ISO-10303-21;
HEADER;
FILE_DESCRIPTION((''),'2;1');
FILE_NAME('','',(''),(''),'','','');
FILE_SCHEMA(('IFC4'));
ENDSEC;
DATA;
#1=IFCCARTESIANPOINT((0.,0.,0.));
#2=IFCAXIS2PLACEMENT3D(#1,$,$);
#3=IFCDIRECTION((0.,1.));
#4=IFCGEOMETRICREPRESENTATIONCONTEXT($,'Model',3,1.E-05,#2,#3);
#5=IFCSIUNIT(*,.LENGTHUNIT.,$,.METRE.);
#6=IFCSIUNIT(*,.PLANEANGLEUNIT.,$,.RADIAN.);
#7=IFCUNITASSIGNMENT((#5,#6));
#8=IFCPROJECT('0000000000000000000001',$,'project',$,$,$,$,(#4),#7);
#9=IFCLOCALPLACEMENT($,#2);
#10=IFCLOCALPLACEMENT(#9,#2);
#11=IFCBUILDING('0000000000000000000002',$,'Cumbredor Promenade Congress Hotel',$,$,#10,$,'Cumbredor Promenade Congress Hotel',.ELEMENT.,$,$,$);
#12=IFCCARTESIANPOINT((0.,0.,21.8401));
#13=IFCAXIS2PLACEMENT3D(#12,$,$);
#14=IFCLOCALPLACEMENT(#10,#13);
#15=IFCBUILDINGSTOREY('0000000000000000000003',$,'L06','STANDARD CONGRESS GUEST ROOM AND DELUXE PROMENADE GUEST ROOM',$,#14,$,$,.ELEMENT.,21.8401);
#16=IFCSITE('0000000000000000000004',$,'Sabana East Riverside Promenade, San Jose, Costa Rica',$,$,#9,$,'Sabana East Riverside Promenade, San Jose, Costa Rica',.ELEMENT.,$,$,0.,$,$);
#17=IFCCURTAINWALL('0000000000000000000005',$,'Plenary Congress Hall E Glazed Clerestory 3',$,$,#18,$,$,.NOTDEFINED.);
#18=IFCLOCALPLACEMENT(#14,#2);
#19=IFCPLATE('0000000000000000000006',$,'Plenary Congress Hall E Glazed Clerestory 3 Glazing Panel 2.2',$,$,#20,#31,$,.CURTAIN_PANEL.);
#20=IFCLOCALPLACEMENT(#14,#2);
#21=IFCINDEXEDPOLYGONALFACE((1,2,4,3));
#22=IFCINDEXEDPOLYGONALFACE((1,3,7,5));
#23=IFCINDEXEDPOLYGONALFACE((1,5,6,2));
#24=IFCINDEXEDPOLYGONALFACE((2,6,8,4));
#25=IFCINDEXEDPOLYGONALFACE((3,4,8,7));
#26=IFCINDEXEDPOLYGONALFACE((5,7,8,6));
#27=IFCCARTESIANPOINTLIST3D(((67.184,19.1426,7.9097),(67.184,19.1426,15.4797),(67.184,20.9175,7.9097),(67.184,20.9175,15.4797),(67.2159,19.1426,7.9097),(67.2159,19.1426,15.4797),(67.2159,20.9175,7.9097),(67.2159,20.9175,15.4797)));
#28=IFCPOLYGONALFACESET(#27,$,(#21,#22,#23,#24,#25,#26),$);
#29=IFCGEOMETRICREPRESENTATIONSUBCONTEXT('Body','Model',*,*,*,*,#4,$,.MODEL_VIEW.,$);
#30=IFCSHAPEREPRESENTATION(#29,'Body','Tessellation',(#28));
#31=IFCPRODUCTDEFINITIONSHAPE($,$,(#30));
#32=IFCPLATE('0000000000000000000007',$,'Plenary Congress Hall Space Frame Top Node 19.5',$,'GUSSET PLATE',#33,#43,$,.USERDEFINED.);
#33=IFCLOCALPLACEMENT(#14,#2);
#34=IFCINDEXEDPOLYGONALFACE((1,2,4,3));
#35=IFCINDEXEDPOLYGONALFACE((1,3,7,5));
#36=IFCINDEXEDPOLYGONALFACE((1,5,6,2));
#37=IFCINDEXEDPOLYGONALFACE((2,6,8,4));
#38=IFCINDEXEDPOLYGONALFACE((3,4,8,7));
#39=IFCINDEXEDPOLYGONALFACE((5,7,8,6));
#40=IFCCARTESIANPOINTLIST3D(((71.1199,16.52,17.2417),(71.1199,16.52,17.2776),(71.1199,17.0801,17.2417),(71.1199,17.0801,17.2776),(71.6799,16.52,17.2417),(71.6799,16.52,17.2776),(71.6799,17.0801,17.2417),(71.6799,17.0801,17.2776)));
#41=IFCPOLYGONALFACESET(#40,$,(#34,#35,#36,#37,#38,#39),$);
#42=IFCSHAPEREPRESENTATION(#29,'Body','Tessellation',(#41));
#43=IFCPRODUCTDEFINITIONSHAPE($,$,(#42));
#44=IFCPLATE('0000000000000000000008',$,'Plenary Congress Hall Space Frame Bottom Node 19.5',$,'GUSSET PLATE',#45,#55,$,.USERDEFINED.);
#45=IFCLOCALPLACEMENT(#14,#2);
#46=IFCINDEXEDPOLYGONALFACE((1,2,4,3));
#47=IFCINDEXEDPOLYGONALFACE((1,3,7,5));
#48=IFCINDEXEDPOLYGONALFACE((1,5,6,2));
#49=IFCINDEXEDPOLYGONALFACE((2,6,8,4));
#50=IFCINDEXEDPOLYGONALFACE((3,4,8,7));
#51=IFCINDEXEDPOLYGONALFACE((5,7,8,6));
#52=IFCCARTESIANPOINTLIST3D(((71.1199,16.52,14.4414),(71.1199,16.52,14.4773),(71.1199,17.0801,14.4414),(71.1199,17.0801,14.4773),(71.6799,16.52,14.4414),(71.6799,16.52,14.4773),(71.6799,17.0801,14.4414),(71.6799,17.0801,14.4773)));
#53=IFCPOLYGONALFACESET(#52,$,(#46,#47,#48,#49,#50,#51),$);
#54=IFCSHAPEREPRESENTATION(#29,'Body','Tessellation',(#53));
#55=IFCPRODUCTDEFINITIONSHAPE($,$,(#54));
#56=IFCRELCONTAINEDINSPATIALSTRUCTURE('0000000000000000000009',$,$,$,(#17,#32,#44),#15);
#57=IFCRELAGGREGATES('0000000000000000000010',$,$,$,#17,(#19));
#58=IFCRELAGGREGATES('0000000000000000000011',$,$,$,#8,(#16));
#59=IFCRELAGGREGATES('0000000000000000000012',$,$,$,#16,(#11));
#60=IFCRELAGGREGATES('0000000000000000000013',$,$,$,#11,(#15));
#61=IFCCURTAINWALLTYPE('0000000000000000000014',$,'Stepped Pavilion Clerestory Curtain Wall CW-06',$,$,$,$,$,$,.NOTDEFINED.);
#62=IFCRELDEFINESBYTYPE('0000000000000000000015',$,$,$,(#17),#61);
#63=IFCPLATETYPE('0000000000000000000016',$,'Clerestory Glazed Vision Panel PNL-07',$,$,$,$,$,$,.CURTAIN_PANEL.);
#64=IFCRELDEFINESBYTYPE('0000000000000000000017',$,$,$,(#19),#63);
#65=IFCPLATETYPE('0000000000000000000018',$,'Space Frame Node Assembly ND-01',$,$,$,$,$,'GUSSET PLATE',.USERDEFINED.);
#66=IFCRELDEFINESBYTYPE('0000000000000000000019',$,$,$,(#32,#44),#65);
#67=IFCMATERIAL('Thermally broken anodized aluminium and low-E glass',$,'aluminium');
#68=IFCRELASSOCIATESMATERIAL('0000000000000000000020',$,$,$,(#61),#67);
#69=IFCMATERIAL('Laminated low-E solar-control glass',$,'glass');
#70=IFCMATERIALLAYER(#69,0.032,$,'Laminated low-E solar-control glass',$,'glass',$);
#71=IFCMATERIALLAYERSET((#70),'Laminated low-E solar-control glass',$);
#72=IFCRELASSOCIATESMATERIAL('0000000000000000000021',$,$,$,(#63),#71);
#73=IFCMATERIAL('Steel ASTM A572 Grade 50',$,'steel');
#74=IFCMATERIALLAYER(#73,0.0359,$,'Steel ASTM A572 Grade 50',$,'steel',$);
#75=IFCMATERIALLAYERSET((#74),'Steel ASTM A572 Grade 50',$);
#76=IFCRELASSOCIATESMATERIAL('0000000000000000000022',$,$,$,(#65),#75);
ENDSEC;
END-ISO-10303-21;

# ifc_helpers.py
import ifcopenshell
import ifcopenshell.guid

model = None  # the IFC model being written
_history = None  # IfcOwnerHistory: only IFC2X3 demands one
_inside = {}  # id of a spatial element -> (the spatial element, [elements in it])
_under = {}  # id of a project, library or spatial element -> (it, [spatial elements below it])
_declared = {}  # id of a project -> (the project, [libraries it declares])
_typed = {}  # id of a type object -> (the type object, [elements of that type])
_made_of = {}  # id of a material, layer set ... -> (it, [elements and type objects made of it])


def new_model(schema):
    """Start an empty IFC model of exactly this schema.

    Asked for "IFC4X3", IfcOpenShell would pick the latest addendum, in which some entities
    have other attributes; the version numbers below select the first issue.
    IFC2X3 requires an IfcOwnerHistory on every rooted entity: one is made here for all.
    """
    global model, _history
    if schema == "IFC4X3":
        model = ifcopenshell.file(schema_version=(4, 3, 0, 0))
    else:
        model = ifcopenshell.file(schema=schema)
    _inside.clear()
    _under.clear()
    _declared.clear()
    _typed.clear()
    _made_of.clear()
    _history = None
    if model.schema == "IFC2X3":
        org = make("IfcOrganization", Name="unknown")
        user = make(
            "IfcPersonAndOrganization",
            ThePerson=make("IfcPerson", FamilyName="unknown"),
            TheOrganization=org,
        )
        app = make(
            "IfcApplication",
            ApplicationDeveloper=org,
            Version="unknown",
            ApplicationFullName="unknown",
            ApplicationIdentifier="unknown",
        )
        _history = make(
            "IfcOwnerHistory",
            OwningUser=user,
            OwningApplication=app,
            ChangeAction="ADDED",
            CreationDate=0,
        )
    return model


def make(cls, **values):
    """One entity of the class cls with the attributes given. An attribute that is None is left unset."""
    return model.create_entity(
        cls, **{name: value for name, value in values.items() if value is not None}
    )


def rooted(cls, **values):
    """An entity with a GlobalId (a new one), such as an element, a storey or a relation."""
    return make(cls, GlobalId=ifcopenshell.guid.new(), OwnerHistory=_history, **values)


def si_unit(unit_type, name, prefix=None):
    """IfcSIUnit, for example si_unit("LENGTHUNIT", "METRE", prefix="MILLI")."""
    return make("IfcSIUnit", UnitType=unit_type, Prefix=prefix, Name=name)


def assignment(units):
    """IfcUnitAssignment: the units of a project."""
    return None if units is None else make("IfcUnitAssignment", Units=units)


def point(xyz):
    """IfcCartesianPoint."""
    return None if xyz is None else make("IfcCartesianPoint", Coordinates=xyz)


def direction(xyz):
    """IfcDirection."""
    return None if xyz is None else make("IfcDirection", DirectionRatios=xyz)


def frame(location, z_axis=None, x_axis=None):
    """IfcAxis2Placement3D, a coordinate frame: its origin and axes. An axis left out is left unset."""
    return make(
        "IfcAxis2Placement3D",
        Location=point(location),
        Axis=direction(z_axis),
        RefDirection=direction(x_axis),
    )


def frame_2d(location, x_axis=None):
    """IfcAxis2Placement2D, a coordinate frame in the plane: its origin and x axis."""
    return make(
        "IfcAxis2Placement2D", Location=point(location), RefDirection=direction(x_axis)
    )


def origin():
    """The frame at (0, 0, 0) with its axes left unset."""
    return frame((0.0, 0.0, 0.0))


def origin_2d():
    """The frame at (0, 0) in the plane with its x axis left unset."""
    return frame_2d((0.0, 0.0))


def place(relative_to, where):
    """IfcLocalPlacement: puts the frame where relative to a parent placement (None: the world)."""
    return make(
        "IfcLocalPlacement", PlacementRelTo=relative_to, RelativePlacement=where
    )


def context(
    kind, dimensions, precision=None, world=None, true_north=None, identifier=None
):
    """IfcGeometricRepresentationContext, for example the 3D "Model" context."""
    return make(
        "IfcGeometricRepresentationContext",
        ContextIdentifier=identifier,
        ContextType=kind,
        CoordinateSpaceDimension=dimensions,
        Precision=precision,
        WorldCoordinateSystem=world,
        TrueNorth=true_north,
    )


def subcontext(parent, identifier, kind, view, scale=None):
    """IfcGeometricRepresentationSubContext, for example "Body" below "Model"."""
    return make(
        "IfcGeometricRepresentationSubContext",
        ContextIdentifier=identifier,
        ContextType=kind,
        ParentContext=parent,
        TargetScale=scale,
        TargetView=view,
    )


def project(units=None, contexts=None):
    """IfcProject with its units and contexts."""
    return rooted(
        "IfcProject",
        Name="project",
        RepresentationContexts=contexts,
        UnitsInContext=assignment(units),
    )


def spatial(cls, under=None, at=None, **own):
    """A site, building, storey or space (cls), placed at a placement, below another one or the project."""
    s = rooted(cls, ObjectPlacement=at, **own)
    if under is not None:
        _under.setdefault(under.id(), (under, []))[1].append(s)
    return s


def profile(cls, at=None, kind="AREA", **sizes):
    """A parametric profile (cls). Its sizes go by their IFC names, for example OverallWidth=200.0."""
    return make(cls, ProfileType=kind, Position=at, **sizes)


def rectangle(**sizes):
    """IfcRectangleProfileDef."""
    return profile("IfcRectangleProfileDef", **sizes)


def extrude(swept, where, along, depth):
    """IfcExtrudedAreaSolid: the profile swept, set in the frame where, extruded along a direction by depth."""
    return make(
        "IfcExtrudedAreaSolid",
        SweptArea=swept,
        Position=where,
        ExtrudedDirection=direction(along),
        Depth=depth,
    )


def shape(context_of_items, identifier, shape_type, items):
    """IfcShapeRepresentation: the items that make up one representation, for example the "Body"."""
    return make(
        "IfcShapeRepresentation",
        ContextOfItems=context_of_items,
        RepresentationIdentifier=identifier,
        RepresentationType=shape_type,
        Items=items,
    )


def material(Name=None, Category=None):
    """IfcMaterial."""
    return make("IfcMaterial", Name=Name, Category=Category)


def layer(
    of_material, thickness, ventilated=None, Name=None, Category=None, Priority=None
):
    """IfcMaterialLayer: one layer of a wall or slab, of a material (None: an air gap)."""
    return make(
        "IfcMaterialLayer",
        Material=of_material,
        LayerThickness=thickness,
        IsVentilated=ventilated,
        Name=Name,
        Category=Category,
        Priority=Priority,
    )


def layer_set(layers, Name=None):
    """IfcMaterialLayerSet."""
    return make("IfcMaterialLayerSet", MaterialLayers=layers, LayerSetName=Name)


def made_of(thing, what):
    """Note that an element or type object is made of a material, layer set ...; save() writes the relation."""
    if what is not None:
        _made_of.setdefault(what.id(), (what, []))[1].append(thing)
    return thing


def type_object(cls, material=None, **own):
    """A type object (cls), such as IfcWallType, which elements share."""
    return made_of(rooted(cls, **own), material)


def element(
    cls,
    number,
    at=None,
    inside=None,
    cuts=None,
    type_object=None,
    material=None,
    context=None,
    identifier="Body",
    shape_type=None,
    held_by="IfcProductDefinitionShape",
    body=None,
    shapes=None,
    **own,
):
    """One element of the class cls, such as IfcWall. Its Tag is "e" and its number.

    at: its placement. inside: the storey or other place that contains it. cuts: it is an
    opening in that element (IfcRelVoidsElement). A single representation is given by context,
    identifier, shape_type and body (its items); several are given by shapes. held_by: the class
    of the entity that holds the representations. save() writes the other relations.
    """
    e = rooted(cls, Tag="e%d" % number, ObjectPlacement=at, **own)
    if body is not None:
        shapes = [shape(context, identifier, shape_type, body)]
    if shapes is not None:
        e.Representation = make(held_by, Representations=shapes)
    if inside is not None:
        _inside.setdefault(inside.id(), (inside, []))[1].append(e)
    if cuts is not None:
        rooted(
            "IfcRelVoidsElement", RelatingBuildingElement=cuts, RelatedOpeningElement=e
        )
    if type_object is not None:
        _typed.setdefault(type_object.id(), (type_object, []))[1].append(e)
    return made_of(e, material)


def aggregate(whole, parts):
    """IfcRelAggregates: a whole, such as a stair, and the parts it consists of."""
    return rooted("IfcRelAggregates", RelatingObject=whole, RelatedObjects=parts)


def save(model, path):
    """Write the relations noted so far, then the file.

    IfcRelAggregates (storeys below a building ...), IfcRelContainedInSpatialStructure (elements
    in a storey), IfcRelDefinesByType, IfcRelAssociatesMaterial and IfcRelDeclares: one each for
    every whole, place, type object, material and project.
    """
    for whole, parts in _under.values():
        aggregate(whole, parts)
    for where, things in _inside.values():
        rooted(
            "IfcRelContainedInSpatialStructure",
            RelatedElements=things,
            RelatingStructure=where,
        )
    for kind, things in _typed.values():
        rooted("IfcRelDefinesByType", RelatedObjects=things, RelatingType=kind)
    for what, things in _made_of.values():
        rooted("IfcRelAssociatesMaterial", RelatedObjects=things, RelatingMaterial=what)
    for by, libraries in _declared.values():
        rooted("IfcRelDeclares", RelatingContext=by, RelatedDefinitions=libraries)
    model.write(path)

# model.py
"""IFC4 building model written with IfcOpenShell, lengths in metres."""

from ifc_helpers import new_model, si_unit, direction, frame, origin, origin_2d, place, context, subcontext, project, spatial, rectangle, extrude, material, layer, layer_set, type_object, element, aggregate, save


model = new_model("IFC4")

# Units and contexts
model_context = context("Model", 3, precision=1e-05, world=origin(), true_north=direction((0.0, 1.0)))
body_context = subcontext(model_context, "Body", "Model", "MODEL_VIEW")
ifc_project = project(units=[si_unit("LENGTHUNIT", "METRE"), si_unit("PLANEANGLEUNIT", "RADIAN")], contexts=[model_context])

# Site, building, storey
site_placement = place(None, origin())
site = spatial("IfcSite", under=ifc_project, at=site_placement, Name="Sabana East Riverside Promenade, San Jose, Costa Rica", LongName="Sabana East Riverside Promenade, San Jose, Costa Rica", CompositionType="ELEMENT", RefElevation=0.0)
building_placement = place(site_placement, origin())
building = spatial("IfcBuilding", under=site, at=building_placement, Name="Cumbredor Promenade Congress Hotel", LongName="Cumbredor Promenade Congress Hotel", CompositionType="ELEMENT")
storey_placement = place(building_placement, frame((0.0, 0.0, 21.8401)))
storey = spatial("IfcBuildingStorey", under=building, at=storey_placement, Name="L06", Description="STANDARD CONGRESS GUEST ROOM AND DELUXE PROMENADE GUEST ROOM", CompositionType="ELEMENT", Elevation=21.8401)

# Curtain wall
ifc_material_1 = material(Name="Thermally broken anodized aluminium and low-E glass", Category="aluminium")
curtain_wall_type = type_object("IfcCurtainWallType", Name="Stepped Pavilion Clerestory Curtain Wall CW-06", PredefinedType="NOTDEFINED", material=ifc_material_1)
curtain_wall_1_placement = place(storey_placement, origin())
curtain_wall_1 = element("IfcCurtainWall", 1, at=curtain_wall_1_placement, inside=storey, type_object=curtain_wall_type, Name="Plenary Congress Hall E Glazed Clerestory 3", PredefinedType="NOTDEFINED")

# Plate
ifc_material_2 = material(Name="Laminated low-E solar-control glass", Category="glass")
ifc_layer_1 = layer(ifc_material_2, 0.032, Name="Laminated low-E solar-control glass", Category="glass")
ifc_layer_set_1 = layer_set([ifc_layer_1], Name="Laminated low-E solar-control glass")
plate_type_1 = type_object("IfcPlateType", Name="Clerestory Glazed Vision Panel PNL-07", PredefinedType="CURTAIN_PANEL", material=ifc_layer_set_1)
plate_1_placement = place(storey_placement, frame((67.2, 20.03, 7.9097), z_axis=(0.0, 0.0, 1.0), x_axis=(0.0, 1.0, 0.0)))
plate_1 = element("IfcPlate", 2, at=plate_1_placement, type_object=plate_type_1, Name="Plenary Congress Hall E Glazed Clerestory 3 Glazing Panel 2.2", PredefinedType="CURTAIN_PANEL", context=body_context, shape_type="SweptSolid", body=[
    extrude(rectangle(XDim=1.7749, YDim=0.032, at=origin_2d()), origin(), (0.0, 0.0, 1.0), 7.5701),
])
aggregate(curtain_wall_1, [plate_1])

# Plates
ifc_material_3 = material(Name="Steel ASTM A572 Grade 50", Category="steel")
ifc_layer_2 = layer(ifc_material_3, 0.0359, Name="Steel ASTM A572 Grade 50", Category="steel")
ifc_layer_set_2 = layer_set([ifc_layer_2], Name="Steel ASTM A572 Grade 50")
plate_type_2 = type_object("IfcPlateType", Name="Space Frame Node Assembly ND-01", ElementType="GUSSET PLATE", PredefinedType="USERDEFINED", material=ifc_layer_set_2)
for number, where, z_axis, x_axis, name in (
    (3, (71.3999, 16.8, 17.2417), (0.0, 0.0, 1.0), (1.0, 0.0, 0.0), "Plenary Congress Hall Space Frame Top Node 19.5"),
    (4, (71.3999, 16.8, 14.4414), (0.0, 0.0, 1.0), (1.0, 0.0, 0.0), "Plenary Congress Hall Space Frame Bottom Node 19.5"),
):
    element("IfcPlate", number, at=place(storey_placement, frame(where, z_axis=z_axis, x_axis=x_axis)), inside=storey, type_object=plate_type_2, Name=name, ObjectType="GUSSET PLATE", PredefinedType="USERDEFINED", context=body_context, shape_type="SweptSolid", body=[
        extrude(rectangle(XDim=0.5601, YDim=0.5601, at=origin_2d()), origin(), (0.0, 0.0, 1.0), 0.0359),
    ])

save(model, "model.ifc")
